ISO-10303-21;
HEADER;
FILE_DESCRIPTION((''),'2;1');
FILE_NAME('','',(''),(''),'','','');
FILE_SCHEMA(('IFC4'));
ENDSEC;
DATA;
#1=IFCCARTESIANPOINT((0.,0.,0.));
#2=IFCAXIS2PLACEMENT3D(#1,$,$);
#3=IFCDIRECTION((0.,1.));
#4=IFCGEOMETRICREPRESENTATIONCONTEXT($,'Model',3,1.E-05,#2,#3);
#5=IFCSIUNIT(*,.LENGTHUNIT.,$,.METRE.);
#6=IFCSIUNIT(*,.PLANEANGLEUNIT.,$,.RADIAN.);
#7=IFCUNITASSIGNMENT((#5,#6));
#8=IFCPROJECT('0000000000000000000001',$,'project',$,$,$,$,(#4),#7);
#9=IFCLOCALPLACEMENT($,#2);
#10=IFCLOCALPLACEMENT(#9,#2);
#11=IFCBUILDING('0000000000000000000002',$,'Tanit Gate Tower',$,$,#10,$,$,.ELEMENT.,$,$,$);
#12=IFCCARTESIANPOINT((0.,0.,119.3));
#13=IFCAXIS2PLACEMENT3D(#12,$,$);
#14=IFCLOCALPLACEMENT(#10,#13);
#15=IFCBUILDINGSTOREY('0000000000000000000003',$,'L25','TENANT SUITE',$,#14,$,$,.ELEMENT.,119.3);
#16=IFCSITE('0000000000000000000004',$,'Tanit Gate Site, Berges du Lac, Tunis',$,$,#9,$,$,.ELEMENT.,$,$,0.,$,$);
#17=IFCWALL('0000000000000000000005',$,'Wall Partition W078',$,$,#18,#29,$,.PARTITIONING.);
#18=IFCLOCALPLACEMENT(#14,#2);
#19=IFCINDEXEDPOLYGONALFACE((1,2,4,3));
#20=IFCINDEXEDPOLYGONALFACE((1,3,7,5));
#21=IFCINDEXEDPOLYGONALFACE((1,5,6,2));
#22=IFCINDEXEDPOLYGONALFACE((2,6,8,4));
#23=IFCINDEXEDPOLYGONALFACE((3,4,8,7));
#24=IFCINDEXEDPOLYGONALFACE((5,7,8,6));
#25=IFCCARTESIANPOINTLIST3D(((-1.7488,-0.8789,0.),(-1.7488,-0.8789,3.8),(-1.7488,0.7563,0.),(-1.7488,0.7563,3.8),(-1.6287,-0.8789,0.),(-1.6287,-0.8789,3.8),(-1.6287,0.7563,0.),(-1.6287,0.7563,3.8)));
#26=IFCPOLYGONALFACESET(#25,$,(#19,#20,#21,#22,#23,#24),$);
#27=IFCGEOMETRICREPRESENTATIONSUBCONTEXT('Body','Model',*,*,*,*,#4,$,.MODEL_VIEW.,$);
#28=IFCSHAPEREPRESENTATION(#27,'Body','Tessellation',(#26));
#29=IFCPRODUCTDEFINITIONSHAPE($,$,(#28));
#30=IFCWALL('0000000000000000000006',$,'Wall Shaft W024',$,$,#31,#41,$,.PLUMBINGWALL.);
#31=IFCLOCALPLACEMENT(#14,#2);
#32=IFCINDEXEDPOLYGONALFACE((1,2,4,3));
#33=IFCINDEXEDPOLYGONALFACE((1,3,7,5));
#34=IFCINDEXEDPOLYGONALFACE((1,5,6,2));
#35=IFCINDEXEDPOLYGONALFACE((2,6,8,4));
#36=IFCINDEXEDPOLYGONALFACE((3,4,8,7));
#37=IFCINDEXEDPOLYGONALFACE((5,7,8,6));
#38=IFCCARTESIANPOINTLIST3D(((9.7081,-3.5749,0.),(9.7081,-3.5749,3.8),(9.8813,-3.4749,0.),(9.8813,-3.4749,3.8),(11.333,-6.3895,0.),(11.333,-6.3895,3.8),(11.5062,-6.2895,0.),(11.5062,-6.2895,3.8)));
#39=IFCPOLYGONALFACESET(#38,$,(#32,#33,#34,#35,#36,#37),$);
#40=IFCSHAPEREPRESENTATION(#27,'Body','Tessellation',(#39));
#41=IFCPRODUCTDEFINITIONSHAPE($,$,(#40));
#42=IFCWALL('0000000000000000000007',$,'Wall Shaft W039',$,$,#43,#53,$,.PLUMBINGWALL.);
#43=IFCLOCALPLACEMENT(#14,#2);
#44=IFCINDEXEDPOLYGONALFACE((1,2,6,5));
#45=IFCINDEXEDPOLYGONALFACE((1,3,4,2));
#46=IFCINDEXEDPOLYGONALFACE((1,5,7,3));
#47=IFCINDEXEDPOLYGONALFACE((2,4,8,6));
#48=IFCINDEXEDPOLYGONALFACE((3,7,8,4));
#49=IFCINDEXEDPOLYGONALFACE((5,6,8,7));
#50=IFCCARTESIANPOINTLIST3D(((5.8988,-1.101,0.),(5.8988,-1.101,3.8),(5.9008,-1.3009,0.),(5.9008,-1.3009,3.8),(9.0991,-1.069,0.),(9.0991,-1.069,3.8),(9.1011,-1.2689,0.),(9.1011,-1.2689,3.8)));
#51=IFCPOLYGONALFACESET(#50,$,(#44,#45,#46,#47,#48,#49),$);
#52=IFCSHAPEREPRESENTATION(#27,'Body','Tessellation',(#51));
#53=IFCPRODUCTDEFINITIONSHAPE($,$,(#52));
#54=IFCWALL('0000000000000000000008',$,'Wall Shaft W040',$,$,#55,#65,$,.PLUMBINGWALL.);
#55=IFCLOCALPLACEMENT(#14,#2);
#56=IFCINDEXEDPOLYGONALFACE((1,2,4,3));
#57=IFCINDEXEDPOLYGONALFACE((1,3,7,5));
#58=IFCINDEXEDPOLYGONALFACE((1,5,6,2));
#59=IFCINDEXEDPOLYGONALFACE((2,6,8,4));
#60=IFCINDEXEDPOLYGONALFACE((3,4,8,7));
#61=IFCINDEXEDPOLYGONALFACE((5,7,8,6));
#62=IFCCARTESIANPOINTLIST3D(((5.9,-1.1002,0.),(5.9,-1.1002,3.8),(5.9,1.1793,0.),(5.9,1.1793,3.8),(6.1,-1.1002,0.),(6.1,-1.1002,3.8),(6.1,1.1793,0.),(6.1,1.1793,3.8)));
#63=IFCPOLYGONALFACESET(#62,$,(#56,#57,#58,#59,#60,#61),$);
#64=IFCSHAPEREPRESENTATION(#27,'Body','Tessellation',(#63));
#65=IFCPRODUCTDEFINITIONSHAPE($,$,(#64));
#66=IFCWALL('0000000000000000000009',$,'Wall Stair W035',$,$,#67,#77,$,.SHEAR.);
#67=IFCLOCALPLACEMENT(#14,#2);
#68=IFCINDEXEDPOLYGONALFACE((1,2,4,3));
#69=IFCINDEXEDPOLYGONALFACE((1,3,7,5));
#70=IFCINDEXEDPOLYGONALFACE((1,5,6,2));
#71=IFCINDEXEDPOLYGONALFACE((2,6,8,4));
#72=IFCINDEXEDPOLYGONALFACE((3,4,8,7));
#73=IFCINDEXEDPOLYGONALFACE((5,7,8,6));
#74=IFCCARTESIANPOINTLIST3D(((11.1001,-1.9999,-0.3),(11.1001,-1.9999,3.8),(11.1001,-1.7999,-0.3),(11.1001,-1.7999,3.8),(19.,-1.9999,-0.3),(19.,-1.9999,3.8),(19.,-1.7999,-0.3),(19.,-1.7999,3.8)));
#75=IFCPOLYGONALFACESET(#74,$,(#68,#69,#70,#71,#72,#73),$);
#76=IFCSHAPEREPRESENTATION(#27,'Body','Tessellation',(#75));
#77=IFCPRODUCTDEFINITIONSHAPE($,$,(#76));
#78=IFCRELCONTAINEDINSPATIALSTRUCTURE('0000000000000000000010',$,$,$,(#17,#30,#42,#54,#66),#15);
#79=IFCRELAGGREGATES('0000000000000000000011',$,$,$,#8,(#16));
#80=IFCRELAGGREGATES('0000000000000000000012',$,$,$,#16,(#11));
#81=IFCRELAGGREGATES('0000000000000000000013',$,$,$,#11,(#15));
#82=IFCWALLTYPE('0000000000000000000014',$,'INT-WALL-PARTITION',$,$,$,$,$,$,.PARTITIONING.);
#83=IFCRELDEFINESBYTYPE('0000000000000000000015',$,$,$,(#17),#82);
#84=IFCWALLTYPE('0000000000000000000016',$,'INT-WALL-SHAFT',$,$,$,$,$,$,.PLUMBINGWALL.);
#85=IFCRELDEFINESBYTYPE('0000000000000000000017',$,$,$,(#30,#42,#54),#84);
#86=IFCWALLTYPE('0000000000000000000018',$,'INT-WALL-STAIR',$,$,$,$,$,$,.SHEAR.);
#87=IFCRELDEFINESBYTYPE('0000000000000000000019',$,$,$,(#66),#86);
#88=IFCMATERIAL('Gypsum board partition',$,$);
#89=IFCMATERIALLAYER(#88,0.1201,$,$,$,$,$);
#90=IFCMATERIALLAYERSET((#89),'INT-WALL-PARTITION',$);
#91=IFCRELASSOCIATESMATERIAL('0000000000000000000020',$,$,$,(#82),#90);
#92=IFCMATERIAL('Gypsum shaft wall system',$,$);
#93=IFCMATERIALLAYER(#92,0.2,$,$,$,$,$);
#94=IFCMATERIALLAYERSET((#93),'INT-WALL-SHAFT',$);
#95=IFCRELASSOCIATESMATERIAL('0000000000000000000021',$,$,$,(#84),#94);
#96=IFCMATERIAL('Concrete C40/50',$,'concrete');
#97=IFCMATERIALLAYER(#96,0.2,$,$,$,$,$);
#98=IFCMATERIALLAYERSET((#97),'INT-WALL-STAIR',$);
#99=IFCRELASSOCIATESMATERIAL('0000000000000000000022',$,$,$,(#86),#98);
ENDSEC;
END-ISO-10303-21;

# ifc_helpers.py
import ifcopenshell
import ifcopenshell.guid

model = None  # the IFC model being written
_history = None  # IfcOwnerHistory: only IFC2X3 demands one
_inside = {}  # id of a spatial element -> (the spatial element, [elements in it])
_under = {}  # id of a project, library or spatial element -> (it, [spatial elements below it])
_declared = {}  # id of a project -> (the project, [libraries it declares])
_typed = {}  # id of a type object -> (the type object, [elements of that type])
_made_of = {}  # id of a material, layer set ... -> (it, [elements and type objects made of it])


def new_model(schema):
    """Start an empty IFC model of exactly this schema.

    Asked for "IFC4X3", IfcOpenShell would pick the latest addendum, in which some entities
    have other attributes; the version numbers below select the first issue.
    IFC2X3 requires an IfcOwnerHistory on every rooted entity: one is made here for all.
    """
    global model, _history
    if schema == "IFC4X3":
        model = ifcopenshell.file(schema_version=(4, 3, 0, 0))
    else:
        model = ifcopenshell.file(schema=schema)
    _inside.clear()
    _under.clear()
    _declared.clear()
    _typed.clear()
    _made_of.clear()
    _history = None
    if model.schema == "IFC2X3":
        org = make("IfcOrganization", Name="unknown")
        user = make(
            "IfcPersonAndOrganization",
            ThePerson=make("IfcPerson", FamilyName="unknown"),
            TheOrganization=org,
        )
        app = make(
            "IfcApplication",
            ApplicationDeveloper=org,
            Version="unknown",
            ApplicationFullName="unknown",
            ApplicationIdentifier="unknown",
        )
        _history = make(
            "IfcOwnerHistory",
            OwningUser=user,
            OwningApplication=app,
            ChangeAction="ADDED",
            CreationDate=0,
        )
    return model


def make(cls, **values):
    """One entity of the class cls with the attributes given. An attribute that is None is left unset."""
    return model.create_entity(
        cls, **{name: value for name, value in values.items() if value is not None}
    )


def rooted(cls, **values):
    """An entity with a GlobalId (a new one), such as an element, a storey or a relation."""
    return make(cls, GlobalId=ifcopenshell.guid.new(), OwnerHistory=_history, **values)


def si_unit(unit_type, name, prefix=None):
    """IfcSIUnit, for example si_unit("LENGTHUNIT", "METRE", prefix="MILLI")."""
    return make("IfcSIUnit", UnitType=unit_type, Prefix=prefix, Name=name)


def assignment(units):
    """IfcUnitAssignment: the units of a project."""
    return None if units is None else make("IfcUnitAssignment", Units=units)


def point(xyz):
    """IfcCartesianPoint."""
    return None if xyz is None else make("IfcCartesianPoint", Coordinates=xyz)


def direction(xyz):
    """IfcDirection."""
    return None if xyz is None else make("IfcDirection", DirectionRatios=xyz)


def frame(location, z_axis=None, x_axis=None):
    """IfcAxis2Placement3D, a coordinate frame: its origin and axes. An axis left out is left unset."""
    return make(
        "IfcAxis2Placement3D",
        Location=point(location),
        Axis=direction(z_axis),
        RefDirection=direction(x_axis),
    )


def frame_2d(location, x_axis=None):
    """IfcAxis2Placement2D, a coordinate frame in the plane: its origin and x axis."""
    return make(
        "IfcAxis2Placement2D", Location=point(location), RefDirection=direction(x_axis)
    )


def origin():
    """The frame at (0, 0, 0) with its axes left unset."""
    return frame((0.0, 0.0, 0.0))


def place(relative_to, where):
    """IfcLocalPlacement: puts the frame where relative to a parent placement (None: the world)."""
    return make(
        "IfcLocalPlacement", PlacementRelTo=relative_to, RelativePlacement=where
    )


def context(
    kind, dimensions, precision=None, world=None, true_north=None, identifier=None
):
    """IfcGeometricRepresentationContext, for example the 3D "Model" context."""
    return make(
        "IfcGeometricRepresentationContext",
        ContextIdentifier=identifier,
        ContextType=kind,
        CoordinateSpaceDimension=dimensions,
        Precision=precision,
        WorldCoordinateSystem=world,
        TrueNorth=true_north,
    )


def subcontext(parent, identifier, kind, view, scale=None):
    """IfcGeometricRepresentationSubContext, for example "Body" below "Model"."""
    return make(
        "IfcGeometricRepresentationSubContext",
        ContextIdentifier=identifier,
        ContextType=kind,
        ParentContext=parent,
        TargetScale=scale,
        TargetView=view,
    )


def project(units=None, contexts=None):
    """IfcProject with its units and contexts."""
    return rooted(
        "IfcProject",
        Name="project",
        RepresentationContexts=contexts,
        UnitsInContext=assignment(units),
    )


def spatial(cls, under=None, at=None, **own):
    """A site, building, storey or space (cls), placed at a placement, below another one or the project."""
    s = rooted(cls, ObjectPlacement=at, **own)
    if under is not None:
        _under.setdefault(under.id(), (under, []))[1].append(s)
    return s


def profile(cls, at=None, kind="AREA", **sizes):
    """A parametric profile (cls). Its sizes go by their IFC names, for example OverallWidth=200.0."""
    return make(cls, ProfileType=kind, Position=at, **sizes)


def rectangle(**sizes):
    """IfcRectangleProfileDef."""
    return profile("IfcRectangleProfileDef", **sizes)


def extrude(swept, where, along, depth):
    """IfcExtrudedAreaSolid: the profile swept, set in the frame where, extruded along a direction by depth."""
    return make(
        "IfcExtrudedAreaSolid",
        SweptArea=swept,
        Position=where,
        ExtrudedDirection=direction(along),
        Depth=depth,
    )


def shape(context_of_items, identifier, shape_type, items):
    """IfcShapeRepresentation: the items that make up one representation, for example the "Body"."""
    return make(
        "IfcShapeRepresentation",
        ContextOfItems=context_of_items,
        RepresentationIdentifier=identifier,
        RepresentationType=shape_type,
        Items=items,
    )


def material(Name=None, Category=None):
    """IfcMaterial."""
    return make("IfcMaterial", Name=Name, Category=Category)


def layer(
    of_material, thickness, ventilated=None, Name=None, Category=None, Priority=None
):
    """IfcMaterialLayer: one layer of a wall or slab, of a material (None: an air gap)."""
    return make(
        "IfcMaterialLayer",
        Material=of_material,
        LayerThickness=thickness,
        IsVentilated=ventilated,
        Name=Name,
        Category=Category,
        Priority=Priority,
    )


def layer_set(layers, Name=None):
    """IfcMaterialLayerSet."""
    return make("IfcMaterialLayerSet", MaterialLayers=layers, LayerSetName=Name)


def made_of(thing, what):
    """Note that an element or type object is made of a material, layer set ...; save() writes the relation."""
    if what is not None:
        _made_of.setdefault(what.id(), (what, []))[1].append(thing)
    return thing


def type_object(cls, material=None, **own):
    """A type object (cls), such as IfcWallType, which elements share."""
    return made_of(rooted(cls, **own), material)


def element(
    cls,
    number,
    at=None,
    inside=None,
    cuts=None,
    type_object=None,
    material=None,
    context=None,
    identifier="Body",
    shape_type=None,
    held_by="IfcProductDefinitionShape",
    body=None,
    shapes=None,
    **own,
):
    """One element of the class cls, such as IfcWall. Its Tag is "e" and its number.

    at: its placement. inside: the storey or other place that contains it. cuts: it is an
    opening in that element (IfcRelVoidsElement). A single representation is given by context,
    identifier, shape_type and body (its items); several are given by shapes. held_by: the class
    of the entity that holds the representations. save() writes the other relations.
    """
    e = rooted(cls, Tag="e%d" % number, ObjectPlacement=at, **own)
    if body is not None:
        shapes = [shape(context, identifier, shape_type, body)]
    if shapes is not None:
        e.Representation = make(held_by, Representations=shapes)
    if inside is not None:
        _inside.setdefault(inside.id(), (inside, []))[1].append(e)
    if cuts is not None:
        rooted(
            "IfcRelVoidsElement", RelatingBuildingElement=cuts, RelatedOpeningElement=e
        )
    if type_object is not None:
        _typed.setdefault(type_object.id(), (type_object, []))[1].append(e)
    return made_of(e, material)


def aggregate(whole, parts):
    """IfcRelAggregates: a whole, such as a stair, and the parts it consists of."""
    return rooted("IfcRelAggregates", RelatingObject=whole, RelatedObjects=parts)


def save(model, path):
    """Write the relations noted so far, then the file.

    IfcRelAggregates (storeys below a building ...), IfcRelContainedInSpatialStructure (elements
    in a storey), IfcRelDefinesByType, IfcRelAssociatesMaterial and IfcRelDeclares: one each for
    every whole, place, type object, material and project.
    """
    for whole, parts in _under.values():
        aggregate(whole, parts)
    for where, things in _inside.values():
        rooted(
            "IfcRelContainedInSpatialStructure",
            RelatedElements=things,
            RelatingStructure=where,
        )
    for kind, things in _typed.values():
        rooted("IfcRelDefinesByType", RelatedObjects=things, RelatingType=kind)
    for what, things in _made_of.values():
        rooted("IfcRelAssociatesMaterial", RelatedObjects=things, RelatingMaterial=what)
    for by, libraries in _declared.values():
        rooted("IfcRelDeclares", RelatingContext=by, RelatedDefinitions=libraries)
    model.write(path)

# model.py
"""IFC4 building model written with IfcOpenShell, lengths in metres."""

from ifc_helpers import new_model, si_unit, direction, frame, frame_2d, origin, place, context, subcontext, project, spatial, rectangle, extrude, material, layer, layer_set, type_object, element, save


model = new_model("IFC4")

# Units and contexts
model_context = context("Model", 3, precision=1e-05, world=origin(), true_north=direction((0.0, 1.0)))
body_context = subcontext(model_context, "Body", "Model", "MODEL_VIEW")
ifc_project = project(units=[si_unit("LENGTHUNIT", "METRE"), si_unit("PLANEANGLEUNIT", "RADIAN")], contexts=[model_context])

# Site, building, storey
site_placement = place(None, origin())
site = spatial("IfcSite", under=ifc_project, at=site_placement, Name="Tanit Gate Site, Berges du Lac, Tunis", CompositionType="ELEMENT", RefElevation=0.0)
building_placement = place(site_placement, origin())
building = spatial("IfcBuilding", under=site, at=building_placement, Name="Tanit Gate Tower", CompositionType="ELEMENT")
storey_placement = place(building_placement, frame((0.0, 0.0, 119.3)))
storey = spatial("IfcBuildingStorey", under=building, at=storey_placement, Name="L25", Description="TENANT SUITE", CompositionType="ELEMENT", Elevation=119.3)

# Shared definitions
ifc_material_1 = material(Name="Gypsum board partition")
ifc_layer_1 = layer(ifc_material_1, 0.1201)
ifc_layer_set_1 = layer_set([ifc_layer_1], Name="INT-WALL-PARTITION")
wall_type_1 = type_object("IfcWallType", Name="INT-WALL-PARTITION", PredefinedType="PARTITIONING", material=ifc_layer_set_1)

# Walls
wall_1_placement = place(storey_placement, frame((-1.6887, -0.8789, 0.0), z_axis=(0.0, 0.0, 1.0), x_axis=(0.0, 1.0, 0.0)))
element("IfcWall", 1, at=wall_1_placement, inside=storey, type_object=wall_type_1, Name="Wall Partition W078", PredefinedType="PARTITIONING", context=body_context, shape_type="SweptSolid", body=[
    extrude(rectangle(XDim=1.6353, YDim=0.1201, at=frame_2d((0.8176, 0.0))), origin(), (0.0, 0.0, 1.0), 3.8),
])
ifc_material_2 = material(Name="Gypsum shaft wall system")
ifc_layer_2 = layer(ifc_material_2, 0.2)
ifc_layer_set_2 = layer_set([ifc_layer_2], Name="INT-WALL-SHAFT")
wall_type_2 = type_object("IfcWallType", Name="INT-WALL-SHAFT", PredefinedType="PLUMBINGWALL", material=ifc_layer_set_2)
wall_2_placement = place(storey_placement, frame((9.7947, -3.5249, 0.0), z_axis=(0.0, 0.0, 1.0), x_axis=(0.499985, -0.866034, 0.0)))
element("IfcWall", 2, at=wall_2_placement, inside=storey, type_object=wall_type_2, Name="Wall Shaft W024", PredefinedType="PLUMBINGWALL", context=body_context, shape_type="SweptSolid", body=[
    extrude(rectangle(XDim=3.25, YDim=0.2, at=frame_2d((1.625, 0.0))), origin(), (0.0, 0.0, 1.0), 3.8),
])
wall_3_placement = place(storey_placement, frame((5.8999, -1.2009, 0.0), z_axis=(0.0, 0.0, 1.0), x_axis=(0.99995, 0.009993, 0.0)))
element("IfcWall", 3, at=wall_3_placement, inside=storey, type_object=wall_type_2, Name="Wall Shaft W039", PredefinedType="PLUMBINGWALL", context=body_context, shape_type="SweptSolid", body=[
    extrude(rectangle(XDim=3.2004, YDim=0.2, at=frame_2d((1.6001, 0.0))), origin(), (0.0, 0.0, 1.0), 3.8),
])
wall_4_placement = place(storey_placement, frame((6.0, -1.1001, 0.0), z_axis=(0.0, 0.0, 1.0), x_axis=(0.0, 1.0, 0.0)))
element("IfcWall", 4, at=wall_4_placement, inside=storey, type_object=wall_type_2, Name="Wall Shaft W040", PredefinedType="PLUMBINGWALL", context=body_context, shape_type="SweptSolid", body=[
    extrude(rectangle(XDim=2.2795, YDim=0.2, at=frame_2d((1.1396, 0.0))), origin(), (0.0, 0.0, 1.0), 3.8),
])
ifc_material_3 = material(Name="Concrete C40/50", Category="concrete")
ifc_layer_3 = layer(ifc_material_3, 0.2)
ifc_layer_set_3 = layer_set([ifc_layer_3], Name="INT-WALL-STAIR")
wall_type_3 = type_object("IfcWallType", Name="INT-WALL-STAIR", PredefinedType="SHEAR", material=ifc_layer_set_3)
wall_5_placement = place(storey_placement, frame((11.1001, -1.8999, -0.3), z_axis=(0.0, 0.0, 1.0), x_axis=(1.0, 0.0, 0.0)))
element("IfcWall", 5, at=wall_5_placement, inside=storey, type_object=wall_type_3, Name="Wall Stair W035", PredefinedType="SHEAR", context=body_context, shape_type="SweptSolid", body=[
    extrude(rectangle(XDim=7.8999, YDim=0.2, at=frame_2d((3.95, 0.0))), origin(), (0.0, 0.0, 1.0), 4.1001),
])

save(model, "model.ifc")
